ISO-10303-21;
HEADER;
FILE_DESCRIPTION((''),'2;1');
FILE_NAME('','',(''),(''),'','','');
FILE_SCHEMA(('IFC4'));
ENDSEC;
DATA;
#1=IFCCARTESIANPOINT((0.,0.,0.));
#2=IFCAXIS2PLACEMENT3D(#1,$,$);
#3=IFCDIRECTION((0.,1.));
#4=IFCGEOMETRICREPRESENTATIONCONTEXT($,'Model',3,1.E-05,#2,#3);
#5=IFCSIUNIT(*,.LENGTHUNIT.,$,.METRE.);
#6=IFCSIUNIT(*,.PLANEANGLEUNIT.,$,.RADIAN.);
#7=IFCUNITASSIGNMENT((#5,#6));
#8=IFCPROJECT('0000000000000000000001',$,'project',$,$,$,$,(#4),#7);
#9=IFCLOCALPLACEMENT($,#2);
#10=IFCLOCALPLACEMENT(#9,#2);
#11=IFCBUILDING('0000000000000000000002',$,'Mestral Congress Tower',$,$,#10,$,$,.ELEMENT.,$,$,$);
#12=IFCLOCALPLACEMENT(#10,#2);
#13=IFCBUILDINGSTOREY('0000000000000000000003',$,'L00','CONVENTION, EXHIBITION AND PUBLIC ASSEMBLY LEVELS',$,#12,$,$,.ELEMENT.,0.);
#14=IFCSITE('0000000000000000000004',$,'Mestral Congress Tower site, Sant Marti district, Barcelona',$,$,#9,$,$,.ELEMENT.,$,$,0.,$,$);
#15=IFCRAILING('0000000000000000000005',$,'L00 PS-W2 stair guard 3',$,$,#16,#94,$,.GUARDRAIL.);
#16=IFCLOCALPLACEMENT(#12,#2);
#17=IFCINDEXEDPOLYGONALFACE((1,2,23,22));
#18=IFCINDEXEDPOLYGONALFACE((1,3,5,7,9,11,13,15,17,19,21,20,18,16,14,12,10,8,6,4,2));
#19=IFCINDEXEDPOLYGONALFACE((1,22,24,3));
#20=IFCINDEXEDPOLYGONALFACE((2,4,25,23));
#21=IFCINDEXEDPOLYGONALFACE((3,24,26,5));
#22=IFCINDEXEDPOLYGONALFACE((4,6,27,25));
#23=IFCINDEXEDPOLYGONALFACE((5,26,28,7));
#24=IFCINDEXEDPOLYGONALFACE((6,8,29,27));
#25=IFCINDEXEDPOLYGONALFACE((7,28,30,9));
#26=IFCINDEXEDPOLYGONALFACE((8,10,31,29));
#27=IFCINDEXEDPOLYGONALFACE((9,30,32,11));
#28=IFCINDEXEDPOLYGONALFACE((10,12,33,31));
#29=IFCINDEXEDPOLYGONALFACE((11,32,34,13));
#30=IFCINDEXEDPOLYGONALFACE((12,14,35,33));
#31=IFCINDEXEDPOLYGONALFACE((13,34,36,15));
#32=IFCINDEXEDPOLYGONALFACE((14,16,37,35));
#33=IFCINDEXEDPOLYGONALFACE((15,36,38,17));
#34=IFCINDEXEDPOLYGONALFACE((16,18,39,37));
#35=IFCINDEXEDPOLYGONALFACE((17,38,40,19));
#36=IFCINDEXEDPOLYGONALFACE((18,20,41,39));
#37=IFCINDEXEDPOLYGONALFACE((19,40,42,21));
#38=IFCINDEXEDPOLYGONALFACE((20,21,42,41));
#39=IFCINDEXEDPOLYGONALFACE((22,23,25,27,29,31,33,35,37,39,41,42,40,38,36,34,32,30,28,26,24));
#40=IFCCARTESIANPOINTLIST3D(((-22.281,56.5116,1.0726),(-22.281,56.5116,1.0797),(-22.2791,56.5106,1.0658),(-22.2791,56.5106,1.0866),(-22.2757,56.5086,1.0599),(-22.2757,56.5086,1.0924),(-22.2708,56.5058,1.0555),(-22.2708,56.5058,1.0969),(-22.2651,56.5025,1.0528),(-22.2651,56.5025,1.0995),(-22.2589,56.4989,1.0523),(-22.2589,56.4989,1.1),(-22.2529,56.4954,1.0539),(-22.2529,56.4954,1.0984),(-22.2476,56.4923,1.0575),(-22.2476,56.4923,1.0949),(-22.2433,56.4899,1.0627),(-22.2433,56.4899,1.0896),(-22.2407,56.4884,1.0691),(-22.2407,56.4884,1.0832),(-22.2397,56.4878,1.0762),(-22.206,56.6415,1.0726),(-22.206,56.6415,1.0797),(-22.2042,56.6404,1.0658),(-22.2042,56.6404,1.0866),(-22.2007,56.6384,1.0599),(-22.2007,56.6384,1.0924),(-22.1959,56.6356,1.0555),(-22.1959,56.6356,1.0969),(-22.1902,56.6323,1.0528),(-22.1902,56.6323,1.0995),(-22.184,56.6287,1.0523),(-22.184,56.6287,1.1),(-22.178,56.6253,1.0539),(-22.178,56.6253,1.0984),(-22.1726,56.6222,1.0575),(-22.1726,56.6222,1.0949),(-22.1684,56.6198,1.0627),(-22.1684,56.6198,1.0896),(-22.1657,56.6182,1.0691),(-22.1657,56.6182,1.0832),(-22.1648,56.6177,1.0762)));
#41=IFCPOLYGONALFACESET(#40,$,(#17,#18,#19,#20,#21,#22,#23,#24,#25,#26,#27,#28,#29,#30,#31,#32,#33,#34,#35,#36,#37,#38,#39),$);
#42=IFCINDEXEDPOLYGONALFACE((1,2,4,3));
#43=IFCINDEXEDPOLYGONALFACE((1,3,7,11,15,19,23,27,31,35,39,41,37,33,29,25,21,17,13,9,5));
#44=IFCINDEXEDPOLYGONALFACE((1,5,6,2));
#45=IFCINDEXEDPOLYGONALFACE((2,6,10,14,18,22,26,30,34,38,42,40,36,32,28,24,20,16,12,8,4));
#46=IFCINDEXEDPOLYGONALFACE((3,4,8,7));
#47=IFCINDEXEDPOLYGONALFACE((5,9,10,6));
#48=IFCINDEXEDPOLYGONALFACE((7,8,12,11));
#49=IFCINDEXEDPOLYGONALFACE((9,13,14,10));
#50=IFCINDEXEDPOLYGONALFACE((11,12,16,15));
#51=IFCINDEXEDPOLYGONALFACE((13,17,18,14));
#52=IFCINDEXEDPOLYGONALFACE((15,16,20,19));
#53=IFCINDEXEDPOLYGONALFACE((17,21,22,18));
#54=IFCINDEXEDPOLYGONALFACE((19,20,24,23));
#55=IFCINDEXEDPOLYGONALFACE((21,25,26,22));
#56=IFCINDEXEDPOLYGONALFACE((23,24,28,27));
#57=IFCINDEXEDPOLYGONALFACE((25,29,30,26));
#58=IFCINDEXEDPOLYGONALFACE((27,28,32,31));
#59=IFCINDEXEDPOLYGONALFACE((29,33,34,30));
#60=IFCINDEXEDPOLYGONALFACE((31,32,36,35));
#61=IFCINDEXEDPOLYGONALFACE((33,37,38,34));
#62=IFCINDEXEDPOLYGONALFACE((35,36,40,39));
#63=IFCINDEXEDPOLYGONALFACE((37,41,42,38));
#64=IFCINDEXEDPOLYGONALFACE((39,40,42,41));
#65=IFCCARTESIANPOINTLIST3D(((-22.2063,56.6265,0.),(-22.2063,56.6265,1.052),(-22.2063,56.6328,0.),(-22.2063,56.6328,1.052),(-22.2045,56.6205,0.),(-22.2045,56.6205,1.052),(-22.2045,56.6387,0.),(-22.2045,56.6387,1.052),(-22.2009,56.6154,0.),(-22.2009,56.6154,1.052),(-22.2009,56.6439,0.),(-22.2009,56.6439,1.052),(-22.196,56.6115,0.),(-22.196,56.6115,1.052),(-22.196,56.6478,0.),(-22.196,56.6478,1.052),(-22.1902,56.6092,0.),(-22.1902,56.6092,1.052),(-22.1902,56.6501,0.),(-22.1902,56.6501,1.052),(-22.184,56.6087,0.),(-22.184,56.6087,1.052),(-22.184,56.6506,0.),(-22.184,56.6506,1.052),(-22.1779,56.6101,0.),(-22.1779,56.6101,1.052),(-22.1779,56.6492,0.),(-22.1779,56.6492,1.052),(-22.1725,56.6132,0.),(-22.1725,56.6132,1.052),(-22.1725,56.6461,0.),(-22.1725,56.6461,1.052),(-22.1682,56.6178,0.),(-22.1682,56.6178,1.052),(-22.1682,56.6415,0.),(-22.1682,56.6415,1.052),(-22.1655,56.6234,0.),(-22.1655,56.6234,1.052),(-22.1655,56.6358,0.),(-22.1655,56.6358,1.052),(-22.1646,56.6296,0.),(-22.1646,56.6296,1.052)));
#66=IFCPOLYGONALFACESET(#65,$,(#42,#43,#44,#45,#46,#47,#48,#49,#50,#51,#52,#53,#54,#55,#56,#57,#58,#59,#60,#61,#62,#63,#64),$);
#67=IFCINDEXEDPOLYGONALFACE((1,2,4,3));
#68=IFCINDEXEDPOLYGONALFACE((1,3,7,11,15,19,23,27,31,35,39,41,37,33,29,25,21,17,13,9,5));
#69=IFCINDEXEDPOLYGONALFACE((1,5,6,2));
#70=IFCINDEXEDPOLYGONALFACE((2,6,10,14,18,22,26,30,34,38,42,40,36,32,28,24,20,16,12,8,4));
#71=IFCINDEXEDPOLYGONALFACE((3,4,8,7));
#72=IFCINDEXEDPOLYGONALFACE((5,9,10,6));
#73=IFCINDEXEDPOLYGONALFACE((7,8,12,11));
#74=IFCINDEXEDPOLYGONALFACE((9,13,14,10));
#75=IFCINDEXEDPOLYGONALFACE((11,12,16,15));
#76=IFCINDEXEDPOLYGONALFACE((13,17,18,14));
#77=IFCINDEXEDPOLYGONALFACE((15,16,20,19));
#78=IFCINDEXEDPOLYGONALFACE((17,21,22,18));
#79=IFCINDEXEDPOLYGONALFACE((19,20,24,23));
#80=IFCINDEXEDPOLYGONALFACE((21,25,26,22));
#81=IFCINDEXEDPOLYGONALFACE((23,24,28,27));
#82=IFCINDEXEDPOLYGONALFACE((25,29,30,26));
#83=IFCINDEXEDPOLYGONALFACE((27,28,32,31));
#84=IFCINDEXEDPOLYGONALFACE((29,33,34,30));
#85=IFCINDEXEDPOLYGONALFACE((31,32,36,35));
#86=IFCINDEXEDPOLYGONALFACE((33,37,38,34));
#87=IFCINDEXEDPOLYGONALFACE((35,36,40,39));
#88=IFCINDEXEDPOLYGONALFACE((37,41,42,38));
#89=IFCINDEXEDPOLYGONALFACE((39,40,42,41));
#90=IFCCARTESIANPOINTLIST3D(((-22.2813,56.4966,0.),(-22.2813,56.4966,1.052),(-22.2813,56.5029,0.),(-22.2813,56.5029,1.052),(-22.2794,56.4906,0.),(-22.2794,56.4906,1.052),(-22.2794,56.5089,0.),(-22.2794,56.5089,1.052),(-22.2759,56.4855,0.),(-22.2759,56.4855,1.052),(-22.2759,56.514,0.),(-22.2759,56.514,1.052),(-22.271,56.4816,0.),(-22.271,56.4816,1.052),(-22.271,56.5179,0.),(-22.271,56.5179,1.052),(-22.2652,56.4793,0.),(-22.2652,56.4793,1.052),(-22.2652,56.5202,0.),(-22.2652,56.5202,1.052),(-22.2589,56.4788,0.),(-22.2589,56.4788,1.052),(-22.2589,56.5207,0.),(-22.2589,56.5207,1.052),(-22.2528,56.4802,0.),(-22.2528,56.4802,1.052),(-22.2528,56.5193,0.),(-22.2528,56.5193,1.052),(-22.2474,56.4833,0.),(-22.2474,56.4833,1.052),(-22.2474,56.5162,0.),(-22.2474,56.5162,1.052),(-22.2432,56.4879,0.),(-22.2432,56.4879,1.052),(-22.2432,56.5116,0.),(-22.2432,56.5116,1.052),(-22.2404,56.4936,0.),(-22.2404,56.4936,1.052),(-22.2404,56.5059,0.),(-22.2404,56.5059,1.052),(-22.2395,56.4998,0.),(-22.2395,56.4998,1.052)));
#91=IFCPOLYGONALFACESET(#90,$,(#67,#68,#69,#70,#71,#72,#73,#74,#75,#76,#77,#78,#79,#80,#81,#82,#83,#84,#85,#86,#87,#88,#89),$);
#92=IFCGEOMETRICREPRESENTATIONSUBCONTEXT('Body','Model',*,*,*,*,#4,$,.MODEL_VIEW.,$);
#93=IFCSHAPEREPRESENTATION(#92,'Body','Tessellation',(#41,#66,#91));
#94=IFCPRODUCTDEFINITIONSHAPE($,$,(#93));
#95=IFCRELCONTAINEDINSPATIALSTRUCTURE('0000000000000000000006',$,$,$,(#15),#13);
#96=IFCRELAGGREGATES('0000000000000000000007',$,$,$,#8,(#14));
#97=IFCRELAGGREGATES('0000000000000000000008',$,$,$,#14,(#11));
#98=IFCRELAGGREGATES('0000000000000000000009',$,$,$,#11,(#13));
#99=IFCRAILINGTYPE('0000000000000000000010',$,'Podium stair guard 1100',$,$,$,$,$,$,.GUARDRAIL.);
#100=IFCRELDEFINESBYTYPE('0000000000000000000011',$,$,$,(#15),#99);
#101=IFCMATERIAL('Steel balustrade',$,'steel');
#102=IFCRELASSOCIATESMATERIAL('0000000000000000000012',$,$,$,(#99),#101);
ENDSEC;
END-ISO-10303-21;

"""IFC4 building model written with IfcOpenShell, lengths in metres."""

from ifc_helpers import new_model, si_unit, direction, frame, origin, origin_2d, place, context, subcontext, project, spatial, circle, extrude, material, type_object, element, save


model = new_model("IFC4")

# Units and contexts
model_context = context("Model", 3, precision=1e-05, world=origin(), true_north=direction((0.0, 1.0)))
body_context = subcontext(model_context, "Body", "Model", "MODEL_VIEW")
ifc_project = project(units=[si_unit("LENGTHUNIT", "METRE"), si_unit("PLANEANGLEUNIT", "RADIAN")], contexts=[model_context])

# Site, building, storey
site_placement = place(None, origin())
site = spatial("IfcSite", under=ifc_project, at=site_placement, Name="Mestral Congress Tower site, Sant Marti district, Barcelona", CompositionType="ELEMENT", RefElevation=0.0)
building_placement = place(site_placement, origin())
building = spatial("IfcBuilding", under=site, at=building_placement, Name="Mestral Congress Tower", CompositionType="ELEMENT")
storey_placement = place(building_placement, origin())
storey = spatial("IfcBuildingStorey", under=building, at=storey_placement, Name="L00", Description="CONVENTION, EXHIBITION AND PUBLIC ASSEMBLY LEVELS", CompositionType="ELEMENT", Elevation=0.0)

# Railing
ifc_material_1 = material(Name="Steel balustrade", Category="steel")
railing_type_1 = type_object("IfcRailingType", Name="Podium stair guard 1100", PredefinedType="GUARDRAIL", material=ifc_material_1)
railing_1_placement = place(storey_placement, frame((-22.1855, 56.6296, 0.0)))
element("IfcRailing", 1, at=railing_1_placement, inside=storey, type_object=railing_type_1, Name="L00 PS-W2 stair guard 3", PredefinedType="GUARDRAIL", context=body_context, shape_type="SweptSolid", body=[
    extrude(circle(Radius=0.0239, at=origin_2d()), frame((0.0, 0.0, 1.0762), z_axis=(-0.499816, -0.866131, 0.0), x_axis=(0.866131, -0.499816, 0.0)), (0.0, 0.0, 1.0), 0.1499),
    extrude(circle(Radius=0.021, at=origin_2d()), origin(), (0.0, 0.0, 1.0), 1.052),
    extrude(circle(Radius=0.021, at=origin_2d()), frame((-0.075, -0.1299, 0.0)), (0.0, 0.0, 1.0), 1.052),
])

save(model, "model.ifc")
